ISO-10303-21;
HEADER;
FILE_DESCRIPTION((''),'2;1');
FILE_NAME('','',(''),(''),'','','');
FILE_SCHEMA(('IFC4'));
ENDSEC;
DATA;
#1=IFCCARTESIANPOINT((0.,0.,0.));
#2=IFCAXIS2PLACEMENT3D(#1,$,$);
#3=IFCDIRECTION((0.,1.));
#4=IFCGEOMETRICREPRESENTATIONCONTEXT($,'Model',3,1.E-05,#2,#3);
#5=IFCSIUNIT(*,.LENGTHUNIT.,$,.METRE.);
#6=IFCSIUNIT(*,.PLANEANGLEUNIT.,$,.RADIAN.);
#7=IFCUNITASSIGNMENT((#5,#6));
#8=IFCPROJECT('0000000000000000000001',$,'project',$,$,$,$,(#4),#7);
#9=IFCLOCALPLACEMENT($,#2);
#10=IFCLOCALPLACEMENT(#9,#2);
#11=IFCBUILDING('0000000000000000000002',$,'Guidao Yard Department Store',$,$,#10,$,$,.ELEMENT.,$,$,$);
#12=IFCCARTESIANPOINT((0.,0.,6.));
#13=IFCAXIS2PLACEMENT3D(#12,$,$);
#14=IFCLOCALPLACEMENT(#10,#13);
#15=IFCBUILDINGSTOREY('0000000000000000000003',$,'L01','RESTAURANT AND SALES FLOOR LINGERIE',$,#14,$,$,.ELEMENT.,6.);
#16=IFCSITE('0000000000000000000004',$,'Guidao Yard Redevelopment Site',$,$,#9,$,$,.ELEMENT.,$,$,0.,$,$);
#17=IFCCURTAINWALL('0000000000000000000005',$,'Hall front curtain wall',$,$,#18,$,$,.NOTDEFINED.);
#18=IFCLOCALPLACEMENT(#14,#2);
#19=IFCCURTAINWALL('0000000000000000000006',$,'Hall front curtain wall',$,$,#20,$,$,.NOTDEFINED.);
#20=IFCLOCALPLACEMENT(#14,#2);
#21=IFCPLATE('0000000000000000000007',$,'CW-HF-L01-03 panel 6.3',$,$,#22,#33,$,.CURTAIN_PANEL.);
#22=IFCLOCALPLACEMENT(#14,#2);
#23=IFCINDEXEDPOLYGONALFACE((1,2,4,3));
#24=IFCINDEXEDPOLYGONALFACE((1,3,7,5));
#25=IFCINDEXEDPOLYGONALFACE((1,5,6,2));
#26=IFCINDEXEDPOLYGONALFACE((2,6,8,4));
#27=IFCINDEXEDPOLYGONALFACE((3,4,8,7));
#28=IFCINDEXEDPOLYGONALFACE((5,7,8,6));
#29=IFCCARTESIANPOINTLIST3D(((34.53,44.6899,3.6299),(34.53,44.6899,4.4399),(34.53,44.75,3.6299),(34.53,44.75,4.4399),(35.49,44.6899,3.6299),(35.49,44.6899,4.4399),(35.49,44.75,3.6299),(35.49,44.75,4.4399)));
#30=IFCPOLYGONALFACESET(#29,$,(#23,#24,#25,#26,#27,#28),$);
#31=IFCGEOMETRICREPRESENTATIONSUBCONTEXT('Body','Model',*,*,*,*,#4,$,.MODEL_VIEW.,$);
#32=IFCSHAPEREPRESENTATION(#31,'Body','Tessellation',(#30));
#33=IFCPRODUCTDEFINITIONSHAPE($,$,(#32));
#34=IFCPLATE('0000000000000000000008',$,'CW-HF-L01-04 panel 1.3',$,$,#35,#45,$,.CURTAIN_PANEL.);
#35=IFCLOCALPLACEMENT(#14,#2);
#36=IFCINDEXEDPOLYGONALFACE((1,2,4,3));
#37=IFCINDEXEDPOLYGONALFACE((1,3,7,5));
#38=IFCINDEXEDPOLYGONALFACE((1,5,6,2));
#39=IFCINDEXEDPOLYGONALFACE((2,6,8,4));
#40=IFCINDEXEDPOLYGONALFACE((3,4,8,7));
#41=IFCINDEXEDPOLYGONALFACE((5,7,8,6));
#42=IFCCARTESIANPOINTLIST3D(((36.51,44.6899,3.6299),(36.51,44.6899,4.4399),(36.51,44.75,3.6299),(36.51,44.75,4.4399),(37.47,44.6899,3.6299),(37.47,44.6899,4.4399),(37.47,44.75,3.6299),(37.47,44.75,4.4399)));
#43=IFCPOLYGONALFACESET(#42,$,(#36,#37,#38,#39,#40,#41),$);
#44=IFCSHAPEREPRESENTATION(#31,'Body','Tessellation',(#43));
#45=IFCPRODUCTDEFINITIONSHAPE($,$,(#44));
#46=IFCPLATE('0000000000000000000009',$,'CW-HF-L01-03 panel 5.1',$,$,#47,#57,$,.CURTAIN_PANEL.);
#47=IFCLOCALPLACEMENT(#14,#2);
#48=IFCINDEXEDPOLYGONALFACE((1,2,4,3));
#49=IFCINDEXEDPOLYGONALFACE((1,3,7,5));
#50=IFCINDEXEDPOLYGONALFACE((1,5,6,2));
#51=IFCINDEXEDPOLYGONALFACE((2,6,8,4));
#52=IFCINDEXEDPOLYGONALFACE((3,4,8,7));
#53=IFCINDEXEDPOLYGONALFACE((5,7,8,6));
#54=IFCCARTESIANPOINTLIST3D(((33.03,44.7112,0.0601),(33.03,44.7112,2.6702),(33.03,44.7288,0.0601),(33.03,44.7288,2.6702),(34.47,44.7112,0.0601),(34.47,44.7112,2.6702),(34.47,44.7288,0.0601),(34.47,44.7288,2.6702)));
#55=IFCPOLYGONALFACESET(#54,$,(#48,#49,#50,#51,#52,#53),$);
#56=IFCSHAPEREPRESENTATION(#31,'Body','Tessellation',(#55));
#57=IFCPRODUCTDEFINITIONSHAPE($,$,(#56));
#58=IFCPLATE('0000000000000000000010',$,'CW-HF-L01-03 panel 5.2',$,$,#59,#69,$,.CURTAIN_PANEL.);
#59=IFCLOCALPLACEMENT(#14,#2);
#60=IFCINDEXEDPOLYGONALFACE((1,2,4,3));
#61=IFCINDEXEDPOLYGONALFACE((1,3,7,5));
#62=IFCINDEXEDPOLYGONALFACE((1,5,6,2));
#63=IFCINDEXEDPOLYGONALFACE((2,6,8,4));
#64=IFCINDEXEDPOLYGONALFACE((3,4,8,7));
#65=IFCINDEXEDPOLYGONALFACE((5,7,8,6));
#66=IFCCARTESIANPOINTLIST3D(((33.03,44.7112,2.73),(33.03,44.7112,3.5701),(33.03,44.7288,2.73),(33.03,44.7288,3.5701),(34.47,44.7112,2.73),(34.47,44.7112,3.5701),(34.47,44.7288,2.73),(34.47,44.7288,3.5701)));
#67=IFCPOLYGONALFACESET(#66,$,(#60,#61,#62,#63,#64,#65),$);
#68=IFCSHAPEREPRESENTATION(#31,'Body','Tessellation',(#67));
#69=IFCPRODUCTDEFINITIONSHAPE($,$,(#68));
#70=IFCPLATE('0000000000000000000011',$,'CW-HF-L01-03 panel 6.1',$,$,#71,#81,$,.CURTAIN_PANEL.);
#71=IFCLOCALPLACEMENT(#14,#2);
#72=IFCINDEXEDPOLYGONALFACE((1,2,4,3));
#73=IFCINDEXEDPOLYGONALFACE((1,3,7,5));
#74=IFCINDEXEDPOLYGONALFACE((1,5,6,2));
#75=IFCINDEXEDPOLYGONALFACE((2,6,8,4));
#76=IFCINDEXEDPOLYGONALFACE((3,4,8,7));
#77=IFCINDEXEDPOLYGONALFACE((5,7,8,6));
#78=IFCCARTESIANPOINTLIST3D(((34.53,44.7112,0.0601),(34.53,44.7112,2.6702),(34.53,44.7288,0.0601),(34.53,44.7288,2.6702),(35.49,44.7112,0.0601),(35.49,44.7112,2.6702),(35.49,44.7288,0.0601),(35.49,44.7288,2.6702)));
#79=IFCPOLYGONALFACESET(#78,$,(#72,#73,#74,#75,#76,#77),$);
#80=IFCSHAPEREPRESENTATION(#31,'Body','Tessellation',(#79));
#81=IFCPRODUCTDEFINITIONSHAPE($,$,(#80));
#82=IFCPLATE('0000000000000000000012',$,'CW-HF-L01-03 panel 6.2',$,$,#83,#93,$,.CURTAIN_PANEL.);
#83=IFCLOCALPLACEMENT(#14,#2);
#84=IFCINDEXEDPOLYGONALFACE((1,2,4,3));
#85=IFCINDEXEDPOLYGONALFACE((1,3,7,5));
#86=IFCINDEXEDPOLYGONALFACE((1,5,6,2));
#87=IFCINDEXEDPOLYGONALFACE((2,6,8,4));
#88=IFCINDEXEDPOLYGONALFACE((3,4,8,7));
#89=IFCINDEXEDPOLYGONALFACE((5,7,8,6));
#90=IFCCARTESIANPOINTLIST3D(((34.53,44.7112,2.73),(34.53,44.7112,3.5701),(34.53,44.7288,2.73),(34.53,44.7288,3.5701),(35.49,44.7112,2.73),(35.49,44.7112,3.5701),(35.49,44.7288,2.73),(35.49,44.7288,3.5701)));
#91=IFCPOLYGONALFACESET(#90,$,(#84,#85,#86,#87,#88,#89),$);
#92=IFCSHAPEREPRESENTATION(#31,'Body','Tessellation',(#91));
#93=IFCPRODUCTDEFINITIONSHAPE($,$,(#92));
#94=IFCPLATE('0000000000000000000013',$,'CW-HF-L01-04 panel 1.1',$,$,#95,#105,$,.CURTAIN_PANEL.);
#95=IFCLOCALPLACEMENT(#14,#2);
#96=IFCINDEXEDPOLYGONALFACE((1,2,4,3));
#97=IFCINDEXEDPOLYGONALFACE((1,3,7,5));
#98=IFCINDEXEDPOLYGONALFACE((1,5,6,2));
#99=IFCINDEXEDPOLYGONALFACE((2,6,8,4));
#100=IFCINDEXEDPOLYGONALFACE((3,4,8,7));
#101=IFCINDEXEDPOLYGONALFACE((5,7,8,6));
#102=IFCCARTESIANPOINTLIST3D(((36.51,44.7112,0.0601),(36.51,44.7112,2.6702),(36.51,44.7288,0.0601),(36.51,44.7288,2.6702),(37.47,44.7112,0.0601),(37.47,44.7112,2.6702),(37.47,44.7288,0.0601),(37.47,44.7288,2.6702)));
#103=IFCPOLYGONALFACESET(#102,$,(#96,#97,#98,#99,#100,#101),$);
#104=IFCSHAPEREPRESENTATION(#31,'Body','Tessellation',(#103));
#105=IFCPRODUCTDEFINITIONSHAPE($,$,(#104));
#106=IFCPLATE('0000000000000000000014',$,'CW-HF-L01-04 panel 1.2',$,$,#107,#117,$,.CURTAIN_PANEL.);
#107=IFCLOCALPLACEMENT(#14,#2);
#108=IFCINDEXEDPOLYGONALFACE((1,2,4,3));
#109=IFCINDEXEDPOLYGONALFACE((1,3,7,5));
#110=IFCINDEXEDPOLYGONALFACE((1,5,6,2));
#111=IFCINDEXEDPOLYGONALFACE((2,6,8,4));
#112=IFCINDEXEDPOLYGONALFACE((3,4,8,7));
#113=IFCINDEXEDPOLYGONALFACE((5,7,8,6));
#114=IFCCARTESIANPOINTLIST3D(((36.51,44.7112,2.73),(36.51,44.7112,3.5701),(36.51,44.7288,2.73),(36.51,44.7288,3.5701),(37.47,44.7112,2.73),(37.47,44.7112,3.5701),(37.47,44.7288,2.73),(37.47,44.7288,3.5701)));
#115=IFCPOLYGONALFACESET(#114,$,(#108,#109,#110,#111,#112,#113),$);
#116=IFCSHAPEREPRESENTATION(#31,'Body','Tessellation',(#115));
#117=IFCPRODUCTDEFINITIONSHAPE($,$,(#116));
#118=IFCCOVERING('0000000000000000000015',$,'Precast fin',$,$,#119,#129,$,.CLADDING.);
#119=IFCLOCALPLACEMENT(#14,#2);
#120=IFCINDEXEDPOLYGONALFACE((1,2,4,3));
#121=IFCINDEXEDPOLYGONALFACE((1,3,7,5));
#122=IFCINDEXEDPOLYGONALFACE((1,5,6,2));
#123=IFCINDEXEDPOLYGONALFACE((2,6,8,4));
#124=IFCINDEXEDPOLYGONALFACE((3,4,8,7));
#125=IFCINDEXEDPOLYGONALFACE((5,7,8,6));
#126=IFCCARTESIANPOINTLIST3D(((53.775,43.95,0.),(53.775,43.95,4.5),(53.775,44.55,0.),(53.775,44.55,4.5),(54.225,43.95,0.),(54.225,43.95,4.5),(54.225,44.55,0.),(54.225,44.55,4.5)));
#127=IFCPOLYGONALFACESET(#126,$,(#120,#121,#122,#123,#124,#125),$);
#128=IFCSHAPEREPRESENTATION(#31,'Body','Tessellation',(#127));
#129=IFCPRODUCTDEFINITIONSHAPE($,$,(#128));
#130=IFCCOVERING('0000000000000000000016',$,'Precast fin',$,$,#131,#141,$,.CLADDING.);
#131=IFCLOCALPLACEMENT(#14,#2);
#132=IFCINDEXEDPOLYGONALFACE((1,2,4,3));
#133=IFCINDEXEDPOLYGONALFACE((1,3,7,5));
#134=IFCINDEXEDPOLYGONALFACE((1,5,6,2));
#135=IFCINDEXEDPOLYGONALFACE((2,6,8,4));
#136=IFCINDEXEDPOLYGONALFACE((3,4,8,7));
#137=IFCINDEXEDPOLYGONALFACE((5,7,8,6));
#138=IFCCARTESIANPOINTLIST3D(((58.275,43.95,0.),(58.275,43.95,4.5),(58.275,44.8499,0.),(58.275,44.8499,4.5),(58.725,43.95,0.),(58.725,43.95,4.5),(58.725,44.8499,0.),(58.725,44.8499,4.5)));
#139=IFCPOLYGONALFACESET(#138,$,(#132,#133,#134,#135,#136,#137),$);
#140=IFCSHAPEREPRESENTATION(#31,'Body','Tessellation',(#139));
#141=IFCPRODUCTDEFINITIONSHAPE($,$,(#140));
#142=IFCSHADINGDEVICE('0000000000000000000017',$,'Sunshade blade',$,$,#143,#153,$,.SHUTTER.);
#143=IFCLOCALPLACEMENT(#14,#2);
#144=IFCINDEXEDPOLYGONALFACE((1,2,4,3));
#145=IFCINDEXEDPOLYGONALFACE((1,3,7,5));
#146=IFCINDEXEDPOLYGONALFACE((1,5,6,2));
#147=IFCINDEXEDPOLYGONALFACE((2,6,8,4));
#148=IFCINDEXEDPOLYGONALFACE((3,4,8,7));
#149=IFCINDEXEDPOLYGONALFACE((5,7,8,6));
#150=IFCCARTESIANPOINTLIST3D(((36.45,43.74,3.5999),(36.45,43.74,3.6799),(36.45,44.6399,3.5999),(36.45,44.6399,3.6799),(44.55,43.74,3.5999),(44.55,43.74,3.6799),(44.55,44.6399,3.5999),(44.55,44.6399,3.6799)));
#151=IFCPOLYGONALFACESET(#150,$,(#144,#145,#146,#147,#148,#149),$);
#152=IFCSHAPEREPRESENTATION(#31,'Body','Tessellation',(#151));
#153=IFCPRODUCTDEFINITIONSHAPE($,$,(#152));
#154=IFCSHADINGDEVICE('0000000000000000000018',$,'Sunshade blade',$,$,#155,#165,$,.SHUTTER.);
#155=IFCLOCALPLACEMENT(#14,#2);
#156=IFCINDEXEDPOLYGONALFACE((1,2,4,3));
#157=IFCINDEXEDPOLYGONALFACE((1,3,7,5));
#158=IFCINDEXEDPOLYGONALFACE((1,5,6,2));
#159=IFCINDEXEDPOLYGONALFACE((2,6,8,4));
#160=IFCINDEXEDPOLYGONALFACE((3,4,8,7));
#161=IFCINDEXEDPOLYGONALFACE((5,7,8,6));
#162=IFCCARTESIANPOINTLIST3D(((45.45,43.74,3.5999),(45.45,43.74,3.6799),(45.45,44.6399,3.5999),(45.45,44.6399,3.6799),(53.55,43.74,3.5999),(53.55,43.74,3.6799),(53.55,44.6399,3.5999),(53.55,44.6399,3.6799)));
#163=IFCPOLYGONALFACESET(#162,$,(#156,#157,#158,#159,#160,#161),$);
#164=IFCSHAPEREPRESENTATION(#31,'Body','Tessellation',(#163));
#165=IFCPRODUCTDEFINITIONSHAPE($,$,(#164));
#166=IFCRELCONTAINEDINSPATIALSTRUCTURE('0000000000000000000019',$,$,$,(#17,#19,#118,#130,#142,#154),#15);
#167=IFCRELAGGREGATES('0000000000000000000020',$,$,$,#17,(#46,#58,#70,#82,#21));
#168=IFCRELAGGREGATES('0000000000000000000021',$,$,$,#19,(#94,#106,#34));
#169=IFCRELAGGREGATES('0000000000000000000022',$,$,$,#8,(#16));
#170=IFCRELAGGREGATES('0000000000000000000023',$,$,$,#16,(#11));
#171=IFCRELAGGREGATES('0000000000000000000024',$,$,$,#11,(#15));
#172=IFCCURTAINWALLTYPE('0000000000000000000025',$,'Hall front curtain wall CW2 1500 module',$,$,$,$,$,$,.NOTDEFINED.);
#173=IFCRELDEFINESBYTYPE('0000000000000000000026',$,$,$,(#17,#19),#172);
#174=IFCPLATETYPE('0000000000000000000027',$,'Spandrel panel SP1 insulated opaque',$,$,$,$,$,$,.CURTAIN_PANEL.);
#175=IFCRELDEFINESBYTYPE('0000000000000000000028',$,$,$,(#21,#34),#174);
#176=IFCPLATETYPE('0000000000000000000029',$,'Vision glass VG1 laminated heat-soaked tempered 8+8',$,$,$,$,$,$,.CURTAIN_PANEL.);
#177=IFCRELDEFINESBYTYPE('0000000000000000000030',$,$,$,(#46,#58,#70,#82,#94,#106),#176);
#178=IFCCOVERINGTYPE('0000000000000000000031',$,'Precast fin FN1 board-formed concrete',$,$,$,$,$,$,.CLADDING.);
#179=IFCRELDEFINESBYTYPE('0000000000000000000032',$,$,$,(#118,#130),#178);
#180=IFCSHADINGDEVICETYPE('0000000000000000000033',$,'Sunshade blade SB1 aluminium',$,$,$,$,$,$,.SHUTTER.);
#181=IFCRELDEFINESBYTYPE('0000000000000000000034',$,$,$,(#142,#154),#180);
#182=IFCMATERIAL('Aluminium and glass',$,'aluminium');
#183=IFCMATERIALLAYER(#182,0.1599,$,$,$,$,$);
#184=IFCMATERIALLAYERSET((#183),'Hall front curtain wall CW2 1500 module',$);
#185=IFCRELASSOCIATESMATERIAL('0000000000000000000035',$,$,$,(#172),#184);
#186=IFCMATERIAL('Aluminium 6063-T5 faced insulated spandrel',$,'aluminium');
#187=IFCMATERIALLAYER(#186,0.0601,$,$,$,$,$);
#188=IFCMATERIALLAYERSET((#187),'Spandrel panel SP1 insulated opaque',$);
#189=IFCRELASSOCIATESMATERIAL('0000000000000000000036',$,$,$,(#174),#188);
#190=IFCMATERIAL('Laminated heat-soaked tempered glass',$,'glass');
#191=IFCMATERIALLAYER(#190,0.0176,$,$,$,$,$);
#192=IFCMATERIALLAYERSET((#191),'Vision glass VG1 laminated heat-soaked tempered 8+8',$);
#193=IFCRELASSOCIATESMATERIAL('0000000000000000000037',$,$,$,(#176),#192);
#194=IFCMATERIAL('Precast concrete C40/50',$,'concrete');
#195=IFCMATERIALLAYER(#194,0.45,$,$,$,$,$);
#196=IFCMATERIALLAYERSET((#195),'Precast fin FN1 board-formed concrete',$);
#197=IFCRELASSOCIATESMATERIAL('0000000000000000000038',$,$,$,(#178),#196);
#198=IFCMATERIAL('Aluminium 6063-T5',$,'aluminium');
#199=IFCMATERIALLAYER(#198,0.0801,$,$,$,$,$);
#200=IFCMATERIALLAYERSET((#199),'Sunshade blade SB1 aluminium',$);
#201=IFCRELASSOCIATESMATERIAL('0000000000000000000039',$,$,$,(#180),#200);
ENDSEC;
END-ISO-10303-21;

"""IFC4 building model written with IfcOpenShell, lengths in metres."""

from ifc_helpers import new_model, si_unit, direction, frame, origin, origin_2d, place, context, subcontext, project, spatial, rectangle, extrude, material, layer, layer_set, type_object, element, aggregate, save


model = new_model("IFC4")

# Units and contexts
model_context = context("Model", 3, precision=1e-05, world=origin(), true_north=direction((0.0, 1.0)))
body_context = subcontext(model_context, "Body", "Model", "MODEL_VIEW")
ifc_project = project(units=[si_unit("LENGTHUNIT", "METRE"), si_unit("PLANEANGLEUNIT", "RADIAN")], contexts=[model_context])

# Site, building, storey
site_placement = place(None, origin())
site = spatial("IfcSite", under=ifc_project, at=site_placement, Name="Guidao Yard Redevelopment Site", CompositionType="ELEMENT", RefElevation=0.0)
building_placement = place(site_placement, origin())
building = spatial("IfcBuilding", under=site, at=building_placement, Name="Guidao Yard Department Store", CompositionType="ELEMENT")
storey_placement = place(building_placement, frame((0.0, 0.0, 6.0)))
storey = spatial("IfcBuildingStorey", under=building, at=storey_placement, Name="L01", Description="RESTAURANT AND SALES FLOOR LINGERIE", CompositionType="ELEMENT", Elevation=6.0)

# Curtain wall
ifc_material_1 = material(Name="Aluminium and glass", Category="aluminium")
ifc_layer_1 = layer(ifc_material_1, 0.1599)
ifc_layer_set_1 = layer_set([ifc_layer_1], Name="Hall front curtain wall CW2 1500 module")
curtain_wall_type = type_object("IfcCurtainWallType", Name="Hall front curtain wall CW2 1500 module", PredefinedType="NOTDEFINED", material=ifc_layer_set_1)
curtain_wall_1_placement = place(storey_placement, origin())
curtain_wall_1 = element("IfcCurtainWall", 1, at=curtain_wall_1_placement, inside=storey, type_object=curtain_wall_type, Name="Hall front curtain wall", PredefinedType="NOTDEFINED")

# Curtain wall
curtain_wall_2_placement = place(storey_placement, origin())
curtain_wall_2 = element("IfcCurtainWall", 2, at=curtain_wall_2_placement, inside=storey, type_object=curtain_wall_type, Name="Hall front curtain wall", PredefinedType="NOTDEFINED")

# Plates
ifc_material_2 = material(Name="Aluminium 6063-T5 faced insulated spandrel", Category="aluminium")
ifc_layer_2 = layer(ifc_material_2, 0.0601)
ifc_layer_set_2 = layer_set([ifc_layer_2], Name="Spandrel panel SP1 insulated opaque")
plate_type_1 = type_object("IfcPlateType", Name="Spandrel panel SP1 insulated opaque", PredefinedType="CURTAIN_PANEL", material=ifc_layer_set_2)
plate_1_placement = place(storey_placement, frame((35.01, 44.72, 3.6299), z_axis=(0.0, 0.0, 1.0), x_axis=(-1.0, 0.0, 0.0)))
plate_1 = element("IfcPlate", 3, at=plate_1_placement, type_object=plate_type_1, Name="CW-HF-L01-03 panel 6.3", PredefinedType="CURTAIN_PANEL", context=body_context, shape_type="SweptSolid", body=[
    extrude(rectangle(XDim=0.96, YDim=0.0601, at=origin_2d()), origin(), (0.0, 0.0, 1.0), 0.8101),
])
plate_2_placement = place(storey_placement, frame((36.99, 44.72, 3.6299), z_axis=(0.0, 0.0, 1.0), x_axis=(-1.0, 0.0, 0.0)))
plate_2 = element("IfcPlate", 4, at=plate_2_placement, type_object=plate_type_1, Name="CW-HF-L01-04 panel 1.3", PredefinedType="CURTAIN_PANEL", context=body_context, shape_type="SweptSolid", body=[
    extrude(rectangle(XDim=0.96, YDim=0.0601, at=origin_2d()), origin(), (0.0, 0.0, 1.0), 0.8101),
])
ifc_material_3 = material(Name="Laminated heat-soaked tempered glass", Category="glass")
ifc_layer_3 = layer(ifc_material_3, 0.0176)
ifc_layer_set_3 = layer_set([ifc_layer_3], Name="Vision glass VG1 laminated heat-soaked tempered 8+8")
plate_type_2 = type_object("IfcPlateType", Name="Vision glass VG1 laminated heat-soaked tempered 8+8", PredefinedType="CURTAIN_PANEL", material=ifc_layer_set_3)
plate_3_placement = place(storey_placement, frame((33.75, 44.72, 0.0601), z_axis=(0.0, 0.0, 1.0), x_axis=(-1.0, 0.0, 0.0)))
plate_3 = element("IfcPlate", 5, at=plate_3_placement, type_object=plate_type_2, Name="CW-HF-L01-03 panel 5.1", PredefinedType="CURTAIN_PANEL", context=body_context, shape_type="SweptSolid", body=[
    extrude(rectangle(XDim=1.4399, YDim=0.0176, at=origin_2d()), origin(), (0.0, 0.0, 1.0), 2.6101),
])
plate_4_placement = place(storey_placement, frame((33.75, 44.72, 2.73), z_axis=(0.0, 0.0, 1.0), x_axis=(-1.0, 0.0, 0.0)))
plate_4 = element("IfcPlate", 6, at=plate_4_placement, type_object=plate_type_2, Name="CW-HF-L01-03 panel 5.2", PredefinedType="CURTAIN_PANEL", context=body_context, shape_type="SweptSolid", body=[
    extrude(rectangle(XDim=1.4399, YDim=0.0176, at=origin_2d()), origin(), (0.0, 0.0, 1.0), 0.8401),
])
plate_5_placement = place(storey_placement, frame((35.01, 44.72, 0.0601), z_axis=(0.0, 0.0, 1.0), x_axis=(-1.0, 0.0, 0.0)))
plate_5 = element("IfcPlate", 7, at=plate_5_placement, type_object=plate_type_2, Name="CW-HF-L01-03 panel 6.1", PredefinedType="CURTAIN_PANEL", context=body_context, shape_type="SweptSolid", body=[
    extrude(rectangle(XDim=0.96, YDim=0.0176, at=origin_2d()), origin(), (0.0, 0.0, 1.0), 2.6101),
])
plate_6_placement = place(storey_placement, frame((35.01, 44.72, 2.73), z_axis=(0.0, 0.0, 1.0), x_axis=(-1.0, 0.0, 0.0)))
plate_6 = element("IfcPlate", 8, at=plate_6_placement, type_object=plate_type_2, Name="CW-HF-L01-03 panel 6.2", PredefinedType="CURTAIN_PANEL", context=body_context, shape_type="SweptSolid", body=[
    extrude(rectangle(XDim=0.96, YDim=0.0176, at=origin_2d()), origin(), (0.0, 0.0, 1.0), 0.8401),
])
aggregate(curtain_wall_1, [plate_3, plate_4, plate_5, plate_6, plate_1])
plate_7_placement = place(storey_placement, frame((36.99, 44.72, 0.0601), z_axis=(0.0, 0.0, 1.0), x_axis=(-1.0, 0.0, 0.0)))
plate_7 = element("IfcPlate", 9, at=plate_7_placement, type_object=plate_type_2, Name="CW-HF-L01-04 panel 1.1", PredefinedType="CURTAIN_PANEL", context=body_context, shape_type="SweptSolid", body=[
    extrude(rectangle(XDim=0.96, YDim=0.0176, at=origin_2d()), origin(), (0.0, 0.0, 1.0), 2.6101),
])
plate_8_placement = place(storey_placement, frame((36.99, 44.72, 2.73), z_axis=(0.0, 0.0, 1.0), x_axis=(-1.0, 0.0, 0.0)))
plate_8 = element("IfcPlate", 10, at=plate_8_placement, type_object=plate_type_2, Name="CW-HF-L01-04 panel 1.2", PredefinedType="CURTAIN_PANEL", context=body_context, shape_type="SweptSolid", body=[
    extrude(rectangle(XDim=0.96, YDim=0.0176, at=origin_2d()), origin(), (0.0, 0.0, 1.0), 0.8401),
])
aggregate(curtain_wall_2, [plate_7, plate_8, plate_2])

# Coverings
ifc_material_4 = material(Name="Precast concrete C40/50", Category="concrete")
ifc_layer_4 = layer(ifc_material_4, 0.45)
ifc_layer_set_4 = layer_set([ifc_layer_4], Name="Precast fin FN1 board-formed concrete")
covering_type = type_object("IfcCoveringType", Name="Precast fin FN1 board-formed concrete", PredefinedType="CLADDING", material=ifc_layer_set_4)
covering_1_placement = place(storey_placement, frame((54.0, 44.25, 0.0), z_axis=(0.0, 0.0, 1.0), x_axis=(-1.0, 0.0, 0.0)))
element("IfcCovering", 11, at=covering_1_placement, inside=storey, type_object=covering_type, Name="Precast fin", PredefinedType="CLADDING", context=body_context, shape_type="SweptSolid", body=[
    extrude(rectangle(XDim=0.45, YDim=0.6001, at=origin_2d()), origin(), (0.0, 0.0, 1.0), 4.5),
])
covering_2_placement = place(storey_placement, frame((58.5, 44.3999, 0.0), z_axis=(0.0, 0.0, 1.0), x_axis=(-1.0, 0.0, 0.0)))
element("IfcCovering", 12, at=covering_2_placement, inside=storey, type_object=covering_type, Name="Precast fin", PredefinedType="CLADDING", context=body_context, shape_type="SweptSolid", body=[
    extrude(rectangle(XDim=0.45, YDim=0.8999, at=origin_2d()), origin(), (0.0, 0.0, 1.0), 4.5),
])

# Shading devices
ifc_material_5 = material(Name="Aluminium 6063-T5", Category="aluminium")
ifc_layer_5 = layer(ifc_material_5, 0.0801)
ifc_layer_set_5 = layer_set([ifc_layer_5], Name="Sunshade blade SB1 aluminium")
shading_device_type = type_object("IfcShadingDeviceType", Name="Sunshade blade SB1 aluminium", PredefinedType="SHUTTER", material=ifc_layer_set_5)
for number, where, z_axis, x_axis, name in (
    (13, (40.5, 44.1899, 3.5999), (0.0, 0.0, 1.0), (-1.0, 0.0, 0.0), "Sunshade blade"),
    (14, (49.5, 44.1899, 3.5999), (0.0, 0.0, 1.0), (-1.0, 0.0, 0.0), "Sunshade blade"),
):
    element("IfcShadingDevice", number, at=place(storey_placement, frame(where, z_axis=z_axis, x_axis=x_axis)), inside=storey, type_object=shading_device_type, Name=name, PredefinedType="SHUTTER", context=body_context, shape_type="SweptSolid", body=[
        extrude(rectangle(XDim=8.1001, YDim=0.8999, at=origin_2d()), origin(), (0.0, 0.0, 1.0), 0.0801),
    ])

save(model, "model.ifc")
